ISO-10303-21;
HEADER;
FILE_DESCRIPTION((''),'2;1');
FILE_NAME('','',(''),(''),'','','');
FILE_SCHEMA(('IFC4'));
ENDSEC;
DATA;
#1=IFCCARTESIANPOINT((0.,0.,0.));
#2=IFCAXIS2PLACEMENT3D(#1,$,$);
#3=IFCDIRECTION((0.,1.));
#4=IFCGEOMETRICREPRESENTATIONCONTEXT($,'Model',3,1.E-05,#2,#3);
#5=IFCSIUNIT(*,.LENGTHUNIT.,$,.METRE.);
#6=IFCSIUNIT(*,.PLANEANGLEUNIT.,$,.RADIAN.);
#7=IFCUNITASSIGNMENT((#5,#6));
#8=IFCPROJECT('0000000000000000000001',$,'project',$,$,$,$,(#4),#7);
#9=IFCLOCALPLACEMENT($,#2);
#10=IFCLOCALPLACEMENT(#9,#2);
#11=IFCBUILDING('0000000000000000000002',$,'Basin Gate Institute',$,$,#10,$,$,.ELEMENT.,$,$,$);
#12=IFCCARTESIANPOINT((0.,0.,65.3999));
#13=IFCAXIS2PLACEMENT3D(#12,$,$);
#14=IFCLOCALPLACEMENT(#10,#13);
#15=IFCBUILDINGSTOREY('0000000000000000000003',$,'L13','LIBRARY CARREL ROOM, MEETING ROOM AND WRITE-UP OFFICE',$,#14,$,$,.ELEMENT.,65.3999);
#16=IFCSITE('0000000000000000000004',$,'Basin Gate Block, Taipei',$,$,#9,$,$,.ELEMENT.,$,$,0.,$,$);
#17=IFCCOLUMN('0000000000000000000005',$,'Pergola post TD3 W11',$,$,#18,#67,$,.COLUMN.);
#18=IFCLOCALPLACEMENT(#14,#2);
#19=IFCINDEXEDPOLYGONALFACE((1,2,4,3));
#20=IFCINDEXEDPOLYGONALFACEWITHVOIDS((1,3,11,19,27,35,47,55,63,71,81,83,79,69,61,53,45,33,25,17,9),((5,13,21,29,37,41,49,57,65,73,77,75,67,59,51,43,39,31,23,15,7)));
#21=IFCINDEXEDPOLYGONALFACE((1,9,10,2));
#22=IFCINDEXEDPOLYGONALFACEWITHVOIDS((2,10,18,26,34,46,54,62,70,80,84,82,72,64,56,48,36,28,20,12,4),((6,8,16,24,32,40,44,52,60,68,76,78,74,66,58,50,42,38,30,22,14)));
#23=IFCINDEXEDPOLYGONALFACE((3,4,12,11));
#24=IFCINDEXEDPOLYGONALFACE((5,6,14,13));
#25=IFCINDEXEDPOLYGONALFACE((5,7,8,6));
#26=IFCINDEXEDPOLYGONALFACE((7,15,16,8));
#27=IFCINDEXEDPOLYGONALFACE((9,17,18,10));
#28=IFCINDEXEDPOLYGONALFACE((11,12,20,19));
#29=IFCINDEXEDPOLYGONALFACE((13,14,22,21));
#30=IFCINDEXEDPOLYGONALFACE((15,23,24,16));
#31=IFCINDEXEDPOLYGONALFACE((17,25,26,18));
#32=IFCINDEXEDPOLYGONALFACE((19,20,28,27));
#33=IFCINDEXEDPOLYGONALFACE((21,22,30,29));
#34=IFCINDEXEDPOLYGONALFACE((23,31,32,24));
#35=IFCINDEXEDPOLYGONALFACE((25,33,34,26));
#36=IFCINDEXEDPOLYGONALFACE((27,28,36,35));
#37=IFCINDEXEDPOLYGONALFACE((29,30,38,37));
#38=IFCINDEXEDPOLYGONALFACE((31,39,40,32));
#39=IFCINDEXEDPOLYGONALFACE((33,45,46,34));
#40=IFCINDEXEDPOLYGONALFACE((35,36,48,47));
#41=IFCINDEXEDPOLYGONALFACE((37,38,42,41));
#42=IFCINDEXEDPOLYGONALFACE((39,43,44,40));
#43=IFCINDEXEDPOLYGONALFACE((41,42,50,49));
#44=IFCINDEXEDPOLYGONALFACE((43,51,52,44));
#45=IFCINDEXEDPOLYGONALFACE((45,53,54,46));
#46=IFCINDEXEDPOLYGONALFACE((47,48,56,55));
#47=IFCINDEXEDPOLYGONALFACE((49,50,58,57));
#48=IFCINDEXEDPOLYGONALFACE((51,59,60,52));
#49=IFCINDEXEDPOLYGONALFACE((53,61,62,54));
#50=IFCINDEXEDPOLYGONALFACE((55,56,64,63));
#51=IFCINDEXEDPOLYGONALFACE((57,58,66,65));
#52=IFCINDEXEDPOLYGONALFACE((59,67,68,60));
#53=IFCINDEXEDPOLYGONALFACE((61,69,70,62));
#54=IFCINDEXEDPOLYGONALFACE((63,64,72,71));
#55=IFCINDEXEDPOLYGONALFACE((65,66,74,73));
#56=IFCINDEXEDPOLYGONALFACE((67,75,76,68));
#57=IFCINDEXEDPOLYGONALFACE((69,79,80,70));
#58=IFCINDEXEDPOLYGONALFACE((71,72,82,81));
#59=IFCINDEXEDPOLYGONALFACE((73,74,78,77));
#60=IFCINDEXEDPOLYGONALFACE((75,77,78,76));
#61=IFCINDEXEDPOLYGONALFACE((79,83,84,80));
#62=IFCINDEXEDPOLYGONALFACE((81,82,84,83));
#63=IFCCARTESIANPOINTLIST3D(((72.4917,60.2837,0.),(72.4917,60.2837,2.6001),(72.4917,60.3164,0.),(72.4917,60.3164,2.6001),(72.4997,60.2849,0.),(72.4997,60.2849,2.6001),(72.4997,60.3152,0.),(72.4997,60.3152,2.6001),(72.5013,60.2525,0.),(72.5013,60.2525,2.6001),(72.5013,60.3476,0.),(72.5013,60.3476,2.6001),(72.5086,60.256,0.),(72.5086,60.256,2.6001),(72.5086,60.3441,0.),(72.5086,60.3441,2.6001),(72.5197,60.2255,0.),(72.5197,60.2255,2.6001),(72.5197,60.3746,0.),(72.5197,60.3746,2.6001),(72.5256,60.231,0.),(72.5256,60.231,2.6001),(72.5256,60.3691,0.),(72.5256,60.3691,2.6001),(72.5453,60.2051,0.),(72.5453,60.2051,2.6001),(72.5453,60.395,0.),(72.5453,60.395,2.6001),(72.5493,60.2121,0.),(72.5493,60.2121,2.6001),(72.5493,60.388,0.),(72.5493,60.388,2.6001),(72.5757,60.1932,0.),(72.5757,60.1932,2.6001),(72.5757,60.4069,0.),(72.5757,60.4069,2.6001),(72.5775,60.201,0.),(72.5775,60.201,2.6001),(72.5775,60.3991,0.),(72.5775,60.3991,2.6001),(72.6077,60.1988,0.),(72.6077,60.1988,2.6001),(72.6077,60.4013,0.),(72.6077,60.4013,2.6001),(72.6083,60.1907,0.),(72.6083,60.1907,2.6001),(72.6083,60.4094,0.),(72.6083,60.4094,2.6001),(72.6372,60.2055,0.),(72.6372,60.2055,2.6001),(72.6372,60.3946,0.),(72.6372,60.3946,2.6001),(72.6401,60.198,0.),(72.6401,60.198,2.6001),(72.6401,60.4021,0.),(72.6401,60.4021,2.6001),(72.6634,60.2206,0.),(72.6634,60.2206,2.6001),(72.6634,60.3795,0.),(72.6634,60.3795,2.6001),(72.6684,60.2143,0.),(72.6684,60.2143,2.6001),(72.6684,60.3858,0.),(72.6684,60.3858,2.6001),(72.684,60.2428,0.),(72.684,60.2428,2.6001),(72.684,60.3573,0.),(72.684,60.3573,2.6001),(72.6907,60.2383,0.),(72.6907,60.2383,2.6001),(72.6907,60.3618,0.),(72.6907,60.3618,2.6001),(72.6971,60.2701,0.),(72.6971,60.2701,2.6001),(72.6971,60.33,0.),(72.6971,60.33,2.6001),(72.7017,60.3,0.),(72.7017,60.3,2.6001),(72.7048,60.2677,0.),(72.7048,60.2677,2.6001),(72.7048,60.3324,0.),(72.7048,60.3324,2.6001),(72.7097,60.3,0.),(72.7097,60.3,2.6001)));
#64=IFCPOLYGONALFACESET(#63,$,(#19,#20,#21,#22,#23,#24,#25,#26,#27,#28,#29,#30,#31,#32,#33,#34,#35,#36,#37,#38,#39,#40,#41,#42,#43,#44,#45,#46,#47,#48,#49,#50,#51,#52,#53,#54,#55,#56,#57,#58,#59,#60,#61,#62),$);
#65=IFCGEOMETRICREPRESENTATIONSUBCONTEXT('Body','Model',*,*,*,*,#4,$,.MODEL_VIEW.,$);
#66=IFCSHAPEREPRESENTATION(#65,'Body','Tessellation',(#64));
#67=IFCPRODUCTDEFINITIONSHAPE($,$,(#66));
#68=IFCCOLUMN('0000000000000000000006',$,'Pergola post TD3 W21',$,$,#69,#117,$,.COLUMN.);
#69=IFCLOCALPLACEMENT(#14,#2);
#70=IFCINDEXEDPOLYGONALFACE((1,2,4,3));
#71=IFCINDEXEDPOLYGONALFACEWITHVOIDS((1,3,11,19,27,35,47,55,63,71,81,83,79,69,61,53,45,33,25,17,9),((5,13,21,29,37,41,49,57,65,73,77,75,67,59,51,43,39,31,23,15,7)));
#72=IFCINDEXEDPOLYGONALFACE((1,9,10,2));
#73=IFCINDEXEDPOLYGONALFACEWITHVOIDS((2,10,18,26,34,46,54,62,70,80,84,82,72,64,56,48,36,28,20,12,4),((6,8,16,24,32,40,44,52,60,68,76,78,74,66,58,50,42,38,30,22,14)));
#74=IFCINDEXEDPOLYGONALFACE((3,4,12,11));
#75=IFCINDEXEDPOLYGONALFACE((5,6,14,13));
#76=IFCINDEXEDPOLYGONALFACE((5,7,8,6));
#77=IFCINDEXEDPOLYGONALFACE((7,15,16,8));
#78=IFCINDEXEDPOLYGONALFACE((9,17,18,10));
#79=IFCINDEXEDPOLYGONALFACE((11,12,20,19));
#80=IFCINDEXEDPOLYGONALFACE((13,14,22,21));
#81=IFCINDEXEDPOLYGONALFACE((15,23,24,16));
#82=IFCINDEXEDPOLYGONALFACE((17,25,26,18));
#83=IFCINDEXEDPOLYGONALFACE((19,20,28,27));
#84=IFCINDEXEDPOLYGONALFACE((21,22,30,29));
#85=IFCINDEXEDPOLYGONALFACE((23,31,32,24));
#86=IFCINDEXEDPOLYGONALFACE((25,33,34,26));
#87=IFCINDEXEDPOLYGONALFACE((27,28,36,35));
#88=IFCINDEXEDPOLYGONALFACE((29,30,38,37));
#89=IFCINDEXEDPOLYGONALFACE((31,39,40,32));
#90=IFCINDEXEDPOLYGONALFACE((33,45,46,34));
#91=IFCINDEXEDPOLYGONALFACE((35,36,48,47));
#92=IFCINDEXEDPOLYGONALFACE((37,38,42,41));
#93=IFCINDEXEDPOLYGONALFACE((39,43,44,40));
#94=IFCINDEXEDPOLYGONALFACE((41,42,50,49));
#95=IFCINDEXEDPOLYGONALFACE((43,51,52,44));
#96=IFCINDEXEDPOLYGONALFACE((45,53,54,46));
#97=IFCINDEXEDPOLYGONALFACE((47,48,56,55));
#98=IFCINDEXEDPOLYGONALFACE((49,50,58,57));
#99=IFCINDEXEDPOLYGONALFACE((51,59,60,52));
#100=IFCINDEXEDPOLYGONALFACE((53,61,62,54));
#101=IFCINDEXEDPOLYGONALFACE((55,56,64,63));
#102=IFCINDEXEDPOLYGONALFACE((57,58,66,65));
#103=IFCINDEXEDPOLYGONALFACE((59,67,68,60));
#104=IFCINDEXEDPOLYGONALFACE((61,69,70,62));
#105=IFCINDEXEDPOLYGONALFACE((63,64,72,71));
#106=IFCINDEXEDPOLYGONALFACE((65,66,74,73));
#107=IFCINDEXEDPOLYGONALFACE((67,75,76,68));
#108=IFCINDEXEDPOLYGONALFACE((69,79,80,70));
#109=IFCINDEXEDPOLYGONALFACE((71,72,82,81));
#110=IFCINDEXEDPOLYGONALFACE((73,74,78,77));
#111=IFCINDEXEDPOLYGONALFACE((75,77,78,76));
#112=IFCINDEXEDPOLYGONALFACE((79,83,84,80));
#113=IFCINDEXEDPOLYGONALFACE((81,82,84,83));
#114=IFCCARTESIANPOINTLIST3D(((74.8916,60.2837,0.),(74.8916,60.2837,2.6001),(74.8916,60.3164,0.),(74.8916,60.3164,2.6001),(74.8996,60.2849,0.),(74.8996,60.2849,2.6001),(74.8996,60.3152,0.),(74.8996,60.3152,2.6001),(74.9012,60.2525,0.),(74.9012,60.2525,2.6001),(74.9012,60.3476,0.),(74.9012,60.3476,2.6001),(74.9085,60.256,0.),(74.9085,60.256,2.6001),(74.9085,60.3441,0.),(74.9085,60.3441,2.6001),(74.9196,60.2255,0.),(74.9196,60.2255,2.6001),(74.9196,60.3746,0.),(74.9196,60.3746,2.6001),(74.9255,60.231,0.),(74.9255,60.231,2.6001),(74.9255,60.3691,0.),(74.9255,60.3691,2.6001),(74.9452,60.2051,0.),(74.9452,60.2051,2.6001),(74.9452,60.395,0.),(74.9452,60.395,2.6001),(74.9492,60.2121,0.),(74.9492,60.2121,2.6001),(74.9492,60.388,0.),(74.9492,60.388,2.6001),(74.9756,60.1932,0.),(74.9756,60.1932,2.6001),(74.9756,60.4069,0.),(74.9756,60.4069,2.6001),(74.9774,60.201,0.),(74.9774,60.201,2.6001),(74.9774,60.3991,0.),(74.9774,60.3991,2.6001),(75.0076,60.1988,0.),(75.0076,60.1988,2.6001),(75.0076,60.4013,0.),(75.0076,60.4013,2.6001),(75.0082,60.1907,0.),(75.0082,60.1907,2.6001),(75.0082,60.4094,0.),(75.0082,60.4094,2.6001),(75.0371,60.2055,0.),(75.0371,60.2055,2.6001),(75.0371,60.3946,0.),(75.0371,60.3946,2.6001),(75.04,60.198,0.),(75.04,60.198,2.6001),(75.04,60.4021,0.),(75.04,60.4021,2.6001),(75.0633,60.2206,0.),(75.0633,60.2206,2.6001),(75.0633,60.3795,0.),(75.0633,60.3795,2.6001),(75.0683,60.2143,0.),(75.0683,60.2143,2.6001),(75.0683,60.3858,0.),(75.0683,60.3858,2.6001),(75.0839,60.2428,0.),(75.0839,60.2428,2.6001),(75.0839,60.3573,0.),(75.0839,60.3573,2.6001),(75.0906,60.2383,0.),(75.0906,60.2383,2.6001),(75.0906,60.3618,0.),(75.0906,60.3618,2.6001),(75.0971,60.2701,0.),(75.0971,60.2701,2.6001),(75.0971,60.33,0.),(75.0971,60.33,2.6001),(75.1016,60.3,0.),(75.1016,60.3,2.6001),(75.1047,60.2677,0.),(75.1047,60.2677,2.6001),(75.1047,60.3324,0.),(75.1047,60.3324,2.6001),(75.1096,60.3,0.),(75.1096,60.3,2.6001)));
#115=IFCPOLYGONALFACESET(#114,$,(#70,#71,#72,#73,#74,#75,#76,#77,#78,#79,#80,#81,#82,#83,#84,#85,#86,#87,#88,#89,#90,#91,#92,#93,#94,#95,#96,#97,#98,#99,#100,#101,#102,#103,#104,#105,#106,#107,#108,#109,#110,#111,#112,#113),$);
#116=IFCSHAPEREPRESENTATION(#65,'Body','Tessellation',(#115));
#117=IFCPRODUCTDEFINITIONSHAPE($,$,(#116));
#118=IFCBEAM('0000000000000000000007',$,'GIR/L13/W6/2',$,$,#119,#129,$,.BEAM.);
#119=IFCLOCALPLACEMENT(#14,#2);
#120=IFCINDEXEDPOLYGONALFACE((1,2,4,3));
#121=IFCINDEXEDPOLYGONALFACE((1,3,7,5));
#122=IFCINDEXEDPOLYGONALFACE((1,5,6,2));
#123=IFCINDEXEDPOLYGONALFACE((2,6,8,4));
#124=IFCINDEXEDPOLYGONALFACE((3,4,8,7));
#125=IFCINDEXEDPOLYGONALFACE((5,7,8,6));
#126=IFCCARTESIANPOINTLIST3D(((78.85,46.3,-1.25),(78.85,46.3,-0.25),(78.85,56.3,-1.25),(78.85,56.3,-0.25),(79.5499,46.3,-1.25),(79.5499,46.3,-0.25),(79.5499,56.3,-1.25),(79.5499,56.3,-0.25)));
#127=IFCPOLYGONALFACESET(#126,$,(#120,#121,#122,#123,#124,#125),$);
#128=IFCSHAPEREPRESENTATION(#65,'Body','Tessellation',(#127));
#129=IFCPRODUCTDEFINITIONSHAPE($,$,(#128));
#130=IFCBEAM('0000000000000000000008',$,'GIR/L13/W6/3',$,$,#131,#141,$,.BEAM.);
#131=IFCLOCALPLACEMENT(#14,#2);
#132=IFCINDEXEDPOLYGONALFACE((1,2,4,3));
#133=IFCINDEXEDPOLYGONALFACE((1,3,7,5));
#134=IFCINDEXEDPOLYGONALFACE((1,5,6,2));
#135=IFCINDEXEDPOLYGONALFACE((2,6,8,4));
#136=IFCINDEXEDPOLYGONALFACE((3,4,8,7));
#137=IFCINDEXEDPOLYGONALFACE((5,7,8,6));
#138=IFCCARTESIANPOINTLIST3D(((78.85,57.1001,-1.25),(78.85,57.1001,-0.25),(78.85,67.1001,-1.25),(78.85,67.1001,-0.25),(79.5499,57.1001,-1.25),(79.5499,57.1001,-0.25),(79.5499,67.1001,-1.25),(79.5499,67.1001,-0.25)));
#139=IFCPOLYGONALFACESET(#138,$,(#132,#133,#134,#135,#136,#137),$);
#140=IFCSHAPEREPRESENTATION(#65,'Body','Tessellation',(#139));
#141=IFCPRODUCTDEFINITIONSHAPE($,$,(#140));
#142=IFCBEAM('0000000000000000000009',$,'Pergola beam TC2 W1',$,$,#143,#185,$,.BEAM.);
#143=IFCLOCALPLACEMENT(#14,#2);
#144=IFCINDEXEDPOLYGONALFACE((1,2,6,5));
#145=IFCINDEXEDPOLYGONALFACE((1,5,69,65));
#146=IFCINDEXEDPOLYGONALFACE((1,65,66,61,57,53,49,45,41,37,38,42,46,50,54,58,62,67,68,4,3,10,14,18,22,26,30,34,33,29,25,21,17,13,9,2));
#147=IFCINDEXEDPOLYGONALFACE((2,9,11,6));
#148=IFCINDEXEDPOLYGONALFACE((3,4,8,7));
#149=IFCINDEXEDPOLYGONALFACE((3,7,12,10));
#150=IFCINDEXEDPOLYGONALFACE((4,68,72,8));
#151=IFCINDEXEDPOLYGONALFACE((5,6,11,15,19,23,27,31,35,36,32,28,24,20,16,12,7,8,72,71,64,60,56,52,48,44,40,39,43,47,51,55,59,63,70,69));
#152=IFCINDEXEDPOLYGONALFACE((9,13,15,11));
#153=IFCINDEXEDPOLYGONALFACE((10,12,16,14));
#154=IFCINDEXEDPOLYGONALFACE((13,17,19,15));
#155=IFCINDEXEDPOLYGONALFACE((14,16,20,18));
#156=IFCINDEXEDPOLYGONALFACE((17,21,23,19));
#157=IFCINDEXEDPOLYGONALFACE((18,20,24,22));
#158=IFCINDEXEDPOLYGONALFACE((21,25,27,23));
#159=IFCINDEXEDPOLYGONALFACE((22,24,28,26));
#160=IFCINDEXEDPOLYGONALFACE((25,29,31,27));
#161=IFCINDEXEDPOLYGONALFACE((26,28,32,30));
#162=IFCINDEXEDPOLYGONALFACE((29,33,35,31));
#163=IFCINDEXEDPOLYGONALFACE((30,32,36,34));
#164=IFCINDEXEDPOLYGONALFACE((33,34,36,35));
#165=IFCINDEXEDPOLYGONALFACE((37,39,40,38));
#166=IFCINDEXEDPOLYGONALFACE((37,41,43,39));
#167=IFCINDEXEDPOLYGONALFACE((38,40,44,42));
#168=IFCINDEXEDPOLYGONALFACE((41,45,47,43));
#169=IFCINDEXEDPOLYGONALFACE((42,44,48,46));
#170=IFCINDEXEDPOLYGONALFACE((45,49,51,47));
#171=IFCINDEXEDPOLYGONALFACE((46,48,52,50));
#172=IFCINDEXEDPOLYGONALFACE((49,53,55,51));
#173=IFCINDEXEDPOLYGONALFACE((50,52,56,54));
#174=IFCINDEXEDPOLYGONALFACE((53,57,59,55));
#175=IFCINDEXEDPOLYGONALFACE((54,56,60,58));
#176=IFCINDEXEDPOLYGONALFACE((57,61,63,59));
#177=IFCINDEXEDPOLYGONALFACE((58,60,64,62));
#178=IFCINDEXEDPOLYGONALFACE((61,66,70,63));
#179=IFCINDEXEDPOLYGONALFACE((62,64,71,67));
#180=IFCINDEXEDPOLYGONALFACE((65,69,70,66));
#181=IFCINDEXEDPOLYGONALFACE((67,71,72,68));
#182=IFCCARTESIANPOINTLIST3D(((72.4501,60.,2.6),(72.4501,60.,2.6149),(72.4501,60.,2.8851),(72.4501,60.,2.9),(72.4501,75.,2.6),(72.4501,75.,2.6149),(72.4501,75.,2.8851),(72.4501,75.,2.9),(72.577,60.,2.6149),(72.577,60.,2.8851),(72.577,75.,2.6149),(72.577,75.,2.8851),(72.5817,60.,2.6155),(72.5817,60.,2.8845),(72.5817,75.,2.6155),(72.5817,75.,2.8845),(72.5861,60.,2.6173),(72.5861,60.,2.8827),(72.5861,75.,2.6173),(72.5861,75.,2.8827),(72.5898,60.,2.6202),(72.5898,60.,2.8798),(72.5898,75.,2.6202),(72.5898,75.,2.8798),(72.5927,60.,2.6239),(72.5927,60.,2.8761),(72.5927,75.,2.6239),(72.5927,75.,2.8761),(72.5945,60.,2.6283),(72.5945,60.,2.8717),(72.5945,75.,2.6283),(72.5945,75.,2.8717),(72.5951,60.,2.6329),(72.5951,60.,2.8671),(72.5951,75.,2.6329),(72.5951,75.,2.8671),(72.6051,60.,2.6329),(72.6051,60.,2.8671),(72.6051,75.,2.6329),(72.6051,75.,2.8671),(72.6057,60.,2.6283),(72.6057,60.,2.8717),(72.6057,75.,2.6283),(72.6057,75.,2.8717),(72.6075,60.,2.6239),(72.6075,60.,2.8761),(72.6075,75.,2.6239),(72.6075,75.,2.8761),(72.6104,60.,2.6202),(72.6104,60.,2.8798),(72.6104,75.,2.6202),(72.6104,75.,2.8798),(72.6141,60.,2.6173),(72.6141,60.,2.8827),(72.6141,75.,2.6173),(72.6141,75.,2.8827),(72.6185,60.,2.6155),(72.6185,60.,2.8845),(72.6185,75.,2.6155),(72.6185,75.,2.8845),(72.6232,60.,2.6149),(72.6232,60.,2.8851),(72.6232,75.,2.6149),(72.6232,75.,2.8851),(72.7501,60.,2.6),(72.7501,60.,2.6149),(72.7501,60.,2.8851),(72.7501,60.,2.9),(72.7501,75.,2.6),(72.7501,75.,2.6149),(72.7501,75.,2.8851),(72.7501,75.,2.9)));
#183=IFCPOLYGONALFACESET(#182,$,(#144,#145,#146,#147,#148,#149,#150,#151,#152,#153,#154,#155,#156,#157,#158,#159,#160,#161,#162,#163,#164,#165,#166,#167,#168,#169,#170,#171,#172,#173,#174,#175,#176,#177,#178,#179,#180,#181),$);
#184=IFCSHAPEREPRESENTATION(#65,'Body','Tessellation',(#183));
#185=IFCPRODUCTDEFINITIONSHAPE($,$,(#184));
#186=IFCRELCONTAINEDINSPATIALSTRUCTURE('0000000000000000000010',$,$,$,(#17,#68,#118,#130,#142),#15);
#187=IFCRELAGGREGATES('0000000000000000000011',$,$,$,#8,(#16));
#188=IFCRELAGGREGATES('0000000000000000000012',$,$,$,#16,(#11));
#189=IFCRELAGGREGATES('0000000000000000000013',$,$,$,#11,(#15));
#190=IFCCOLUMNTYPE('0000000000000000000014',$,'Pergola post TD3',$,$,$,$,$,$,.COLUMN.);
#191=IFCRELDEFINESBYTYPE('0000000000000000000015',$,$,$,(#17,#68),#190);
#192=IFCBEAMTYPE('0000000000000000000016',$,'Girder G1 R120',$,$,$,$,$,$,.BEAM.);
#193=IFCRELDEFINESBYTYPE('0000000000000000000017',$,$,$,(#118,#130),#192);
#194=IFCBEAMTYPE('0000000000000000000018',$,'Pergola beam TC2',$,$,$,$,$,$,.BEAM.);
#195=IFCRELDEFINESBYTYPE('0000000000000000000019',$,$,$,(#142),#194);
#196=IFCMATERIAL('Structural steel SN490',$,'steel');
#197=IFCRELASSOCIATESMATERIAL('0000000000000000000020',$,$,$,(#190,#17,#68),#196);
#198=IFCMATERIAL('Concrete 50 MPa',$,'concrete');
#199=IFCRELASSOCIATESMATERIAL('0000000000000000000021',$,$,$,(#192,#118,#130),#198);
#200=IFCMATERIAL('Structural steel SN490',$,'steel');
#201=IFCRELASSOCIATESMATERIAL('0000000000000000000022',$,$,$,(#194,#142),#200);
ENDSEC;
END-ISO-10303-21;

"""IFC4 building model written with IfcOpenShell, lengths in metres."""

from ifc_helpers import new_model, si_unit, direction, frame, origin, origin_2d, place, context, subcontext, project, spatial, rectangle, hollow_circle, i_section, extrude, material, material_profile, profile_set, type_object, element, save


model = new_model("IFC4")

# Units and contexts
model_context = context("Model", 3, precision=1e-05, world=origin(), true_north=direction((0.0, 1.0)))
body_context = subcontext(model_context, "Body", "Model", "MODEL_VIEW")
ifc_project = project(units=[si_unit("LENGTHUNIT", "METRE"), si_unit("PLANEANGLEUNIT", "RADIAN")], contexts=[model_context])

# Site, building, storey
site_placement = place(None, origin())
site = spatial("IfcSite", under=ifc_project, at=site_placement, Name="Basin Gate Block, Taipei", CompositionType="ELEMENT", RefElevation=0.0)
building_placement = place(site_placement, origin())
building = spatial("IfcBuilding", under=site, at=building_placement, Name="Basin Gate Institute", CompositionType="ELEMENT")
storey_placement = place(building_placement, frame((0.0, 0.0, 65.3999)))
storey = spatial("IfcBuildingStorey", under=building, at=storey_placement, Name="L13", Description="LIBRARY CARREL ROOM, MEETING ROOM AND WRITE-UP OFFICE", CompositionType="ELEMENT", Elevation=65.3999)

# Columns
ifc_material_1 = material(Name="Structural steel SN490", Category="steel")
ifc_material_profile_1 = material_profile(ifc_material_1, hollow_circle(Radius=0.1096, WallThickness=0.0081, at=origin_2d()), Name="CHS219x8")
ifc_profile_set_1 = profile_set([ifc_material_profile_1], Name="Structural steel SN490")
column_type = type_object("IfcColumnType", Name="Pergola post TD3", PredefinedType="COLUMN", material=ifc_profile_set_1)
for number, where, z_axis, x_axis, name in (
    (1, (72.6001, 60.3, 0.0), (0.0, 0.0, 1.0), (1.0, 0.0, 0.0), "Pergola post TD3 W11"),
    (2, (75.0, 60.3, 0.0), (0.0, 0.0, 1.0), (1.0, 0.0, 0.0), "Pergola post TD3 W21"),
):
    element("IfcColumn", number, at=place(storey_placement, frame(where, z_axis=z_axis, x_axis=x_axis)), inside=storey, type_object=column_type, material=ifc_profile_set_1, Name=name, PredefinedType="COLUMN", context=body_context, shape_type="SweptSolid", body=[
        extrude(hollow_circle(Radius=0.1096, WallThickness=0.0081, at=origin_2d()), origin(), (0.0, 0.0, 1.0), 2.6001),
    ])

# Beams
ifc_material_2 = material(Name="Concrete 50 MPa", Category="concrete")
ifc_material_profile_2 = material_profile(ifc_material_2, rectangle(XDim=0.7, YDim=1.0, at=origin_2d()), Name="Girder G1 700 x 1000")
ifc_profile_set_2 = profile_set([ifc_material_profile_2], Name="Concrete 50 MPa")
beam_type_1 = type_object("IfcBeamType", Name="Girder G1 R120", PredefinedType="BEAM", material=ifc_profile_set_2)
for number, where, z_axis, x_axis, name in (
    (3, (79.2, 46.3, -0.75), (0.0, 1.0, 0.0), (-1.0, 0.0, 0.0), "GIR/L13/W6/2"),
    (4, (79.2, 57.1001, -0.75), (0.0, 1.0, 0.0), (-1.0, 0.0, 0.0), "GIR/L13/W6/3"),
):
    element("IfcBeam", number, at=place(storey_placement, frame(where, z_axis=z_axis, x_axis=x_axis)), inside=storey, type_object=beam_type_1, material=ifc_profile_set_2, Name=name, PredefinedType="BEAM", context=body_context, shape_type="SweptSolid", body=[
        extrude(rectangle(XDim=0.7, YDim=1.0, at=origin_2d()), origin(), (0.0, 0.0, 1.0), 10.0),
    ])
ifc_material_3 = material(Name="Structural steel SN490", Category="steel")
ifc_material_profile_3 = material_profile(ifc_material_3, i_section(OverallWidth=0.3, OverallDepth=0.3, WebThickness=0.01, FlangeThickness=0.0149, FilletRadius=0.0181, at=origin_2d()), Name="H300x300")
ifc_profile_set_3 = profile_set([ifc_material_profile_3], Name="Structural steel SN490")
beam_type_2 = type_object("IfcBeamType", Name="Pergola beam TC2", PredefinedType="BEAM", material=ifc_profile_set_3)
for number, where, z_axis, x_axis, name in (
    (5, (72.6001, 60.0, 2.75), (0.0, 1.0, 0.0), (-1.0, 0.0, 0.0), "Pergola beam TC2 W1"),
):
    element("IfcBeam", number, at=place(storey_placement, frame(where, z_axis=z_axis, x_axis=x_axis)), inside=storey, type_object=beam_type_2, material=ifc_profile_set_3, Name=name, PredefinedType="BEAM", context=body_context, shape_type="SweptSolid", body=[
        extrude(i_section(OverallWidth=0.3, OverallDepth=0.3, WebThickness=0.01, FlangeThickness=0.0149, FilletRadius=0.0181, at=origin_2d()), origin(), (0.0, 0.0, 1.0), 15.0),
    ])

save(model, "model.ifc")
